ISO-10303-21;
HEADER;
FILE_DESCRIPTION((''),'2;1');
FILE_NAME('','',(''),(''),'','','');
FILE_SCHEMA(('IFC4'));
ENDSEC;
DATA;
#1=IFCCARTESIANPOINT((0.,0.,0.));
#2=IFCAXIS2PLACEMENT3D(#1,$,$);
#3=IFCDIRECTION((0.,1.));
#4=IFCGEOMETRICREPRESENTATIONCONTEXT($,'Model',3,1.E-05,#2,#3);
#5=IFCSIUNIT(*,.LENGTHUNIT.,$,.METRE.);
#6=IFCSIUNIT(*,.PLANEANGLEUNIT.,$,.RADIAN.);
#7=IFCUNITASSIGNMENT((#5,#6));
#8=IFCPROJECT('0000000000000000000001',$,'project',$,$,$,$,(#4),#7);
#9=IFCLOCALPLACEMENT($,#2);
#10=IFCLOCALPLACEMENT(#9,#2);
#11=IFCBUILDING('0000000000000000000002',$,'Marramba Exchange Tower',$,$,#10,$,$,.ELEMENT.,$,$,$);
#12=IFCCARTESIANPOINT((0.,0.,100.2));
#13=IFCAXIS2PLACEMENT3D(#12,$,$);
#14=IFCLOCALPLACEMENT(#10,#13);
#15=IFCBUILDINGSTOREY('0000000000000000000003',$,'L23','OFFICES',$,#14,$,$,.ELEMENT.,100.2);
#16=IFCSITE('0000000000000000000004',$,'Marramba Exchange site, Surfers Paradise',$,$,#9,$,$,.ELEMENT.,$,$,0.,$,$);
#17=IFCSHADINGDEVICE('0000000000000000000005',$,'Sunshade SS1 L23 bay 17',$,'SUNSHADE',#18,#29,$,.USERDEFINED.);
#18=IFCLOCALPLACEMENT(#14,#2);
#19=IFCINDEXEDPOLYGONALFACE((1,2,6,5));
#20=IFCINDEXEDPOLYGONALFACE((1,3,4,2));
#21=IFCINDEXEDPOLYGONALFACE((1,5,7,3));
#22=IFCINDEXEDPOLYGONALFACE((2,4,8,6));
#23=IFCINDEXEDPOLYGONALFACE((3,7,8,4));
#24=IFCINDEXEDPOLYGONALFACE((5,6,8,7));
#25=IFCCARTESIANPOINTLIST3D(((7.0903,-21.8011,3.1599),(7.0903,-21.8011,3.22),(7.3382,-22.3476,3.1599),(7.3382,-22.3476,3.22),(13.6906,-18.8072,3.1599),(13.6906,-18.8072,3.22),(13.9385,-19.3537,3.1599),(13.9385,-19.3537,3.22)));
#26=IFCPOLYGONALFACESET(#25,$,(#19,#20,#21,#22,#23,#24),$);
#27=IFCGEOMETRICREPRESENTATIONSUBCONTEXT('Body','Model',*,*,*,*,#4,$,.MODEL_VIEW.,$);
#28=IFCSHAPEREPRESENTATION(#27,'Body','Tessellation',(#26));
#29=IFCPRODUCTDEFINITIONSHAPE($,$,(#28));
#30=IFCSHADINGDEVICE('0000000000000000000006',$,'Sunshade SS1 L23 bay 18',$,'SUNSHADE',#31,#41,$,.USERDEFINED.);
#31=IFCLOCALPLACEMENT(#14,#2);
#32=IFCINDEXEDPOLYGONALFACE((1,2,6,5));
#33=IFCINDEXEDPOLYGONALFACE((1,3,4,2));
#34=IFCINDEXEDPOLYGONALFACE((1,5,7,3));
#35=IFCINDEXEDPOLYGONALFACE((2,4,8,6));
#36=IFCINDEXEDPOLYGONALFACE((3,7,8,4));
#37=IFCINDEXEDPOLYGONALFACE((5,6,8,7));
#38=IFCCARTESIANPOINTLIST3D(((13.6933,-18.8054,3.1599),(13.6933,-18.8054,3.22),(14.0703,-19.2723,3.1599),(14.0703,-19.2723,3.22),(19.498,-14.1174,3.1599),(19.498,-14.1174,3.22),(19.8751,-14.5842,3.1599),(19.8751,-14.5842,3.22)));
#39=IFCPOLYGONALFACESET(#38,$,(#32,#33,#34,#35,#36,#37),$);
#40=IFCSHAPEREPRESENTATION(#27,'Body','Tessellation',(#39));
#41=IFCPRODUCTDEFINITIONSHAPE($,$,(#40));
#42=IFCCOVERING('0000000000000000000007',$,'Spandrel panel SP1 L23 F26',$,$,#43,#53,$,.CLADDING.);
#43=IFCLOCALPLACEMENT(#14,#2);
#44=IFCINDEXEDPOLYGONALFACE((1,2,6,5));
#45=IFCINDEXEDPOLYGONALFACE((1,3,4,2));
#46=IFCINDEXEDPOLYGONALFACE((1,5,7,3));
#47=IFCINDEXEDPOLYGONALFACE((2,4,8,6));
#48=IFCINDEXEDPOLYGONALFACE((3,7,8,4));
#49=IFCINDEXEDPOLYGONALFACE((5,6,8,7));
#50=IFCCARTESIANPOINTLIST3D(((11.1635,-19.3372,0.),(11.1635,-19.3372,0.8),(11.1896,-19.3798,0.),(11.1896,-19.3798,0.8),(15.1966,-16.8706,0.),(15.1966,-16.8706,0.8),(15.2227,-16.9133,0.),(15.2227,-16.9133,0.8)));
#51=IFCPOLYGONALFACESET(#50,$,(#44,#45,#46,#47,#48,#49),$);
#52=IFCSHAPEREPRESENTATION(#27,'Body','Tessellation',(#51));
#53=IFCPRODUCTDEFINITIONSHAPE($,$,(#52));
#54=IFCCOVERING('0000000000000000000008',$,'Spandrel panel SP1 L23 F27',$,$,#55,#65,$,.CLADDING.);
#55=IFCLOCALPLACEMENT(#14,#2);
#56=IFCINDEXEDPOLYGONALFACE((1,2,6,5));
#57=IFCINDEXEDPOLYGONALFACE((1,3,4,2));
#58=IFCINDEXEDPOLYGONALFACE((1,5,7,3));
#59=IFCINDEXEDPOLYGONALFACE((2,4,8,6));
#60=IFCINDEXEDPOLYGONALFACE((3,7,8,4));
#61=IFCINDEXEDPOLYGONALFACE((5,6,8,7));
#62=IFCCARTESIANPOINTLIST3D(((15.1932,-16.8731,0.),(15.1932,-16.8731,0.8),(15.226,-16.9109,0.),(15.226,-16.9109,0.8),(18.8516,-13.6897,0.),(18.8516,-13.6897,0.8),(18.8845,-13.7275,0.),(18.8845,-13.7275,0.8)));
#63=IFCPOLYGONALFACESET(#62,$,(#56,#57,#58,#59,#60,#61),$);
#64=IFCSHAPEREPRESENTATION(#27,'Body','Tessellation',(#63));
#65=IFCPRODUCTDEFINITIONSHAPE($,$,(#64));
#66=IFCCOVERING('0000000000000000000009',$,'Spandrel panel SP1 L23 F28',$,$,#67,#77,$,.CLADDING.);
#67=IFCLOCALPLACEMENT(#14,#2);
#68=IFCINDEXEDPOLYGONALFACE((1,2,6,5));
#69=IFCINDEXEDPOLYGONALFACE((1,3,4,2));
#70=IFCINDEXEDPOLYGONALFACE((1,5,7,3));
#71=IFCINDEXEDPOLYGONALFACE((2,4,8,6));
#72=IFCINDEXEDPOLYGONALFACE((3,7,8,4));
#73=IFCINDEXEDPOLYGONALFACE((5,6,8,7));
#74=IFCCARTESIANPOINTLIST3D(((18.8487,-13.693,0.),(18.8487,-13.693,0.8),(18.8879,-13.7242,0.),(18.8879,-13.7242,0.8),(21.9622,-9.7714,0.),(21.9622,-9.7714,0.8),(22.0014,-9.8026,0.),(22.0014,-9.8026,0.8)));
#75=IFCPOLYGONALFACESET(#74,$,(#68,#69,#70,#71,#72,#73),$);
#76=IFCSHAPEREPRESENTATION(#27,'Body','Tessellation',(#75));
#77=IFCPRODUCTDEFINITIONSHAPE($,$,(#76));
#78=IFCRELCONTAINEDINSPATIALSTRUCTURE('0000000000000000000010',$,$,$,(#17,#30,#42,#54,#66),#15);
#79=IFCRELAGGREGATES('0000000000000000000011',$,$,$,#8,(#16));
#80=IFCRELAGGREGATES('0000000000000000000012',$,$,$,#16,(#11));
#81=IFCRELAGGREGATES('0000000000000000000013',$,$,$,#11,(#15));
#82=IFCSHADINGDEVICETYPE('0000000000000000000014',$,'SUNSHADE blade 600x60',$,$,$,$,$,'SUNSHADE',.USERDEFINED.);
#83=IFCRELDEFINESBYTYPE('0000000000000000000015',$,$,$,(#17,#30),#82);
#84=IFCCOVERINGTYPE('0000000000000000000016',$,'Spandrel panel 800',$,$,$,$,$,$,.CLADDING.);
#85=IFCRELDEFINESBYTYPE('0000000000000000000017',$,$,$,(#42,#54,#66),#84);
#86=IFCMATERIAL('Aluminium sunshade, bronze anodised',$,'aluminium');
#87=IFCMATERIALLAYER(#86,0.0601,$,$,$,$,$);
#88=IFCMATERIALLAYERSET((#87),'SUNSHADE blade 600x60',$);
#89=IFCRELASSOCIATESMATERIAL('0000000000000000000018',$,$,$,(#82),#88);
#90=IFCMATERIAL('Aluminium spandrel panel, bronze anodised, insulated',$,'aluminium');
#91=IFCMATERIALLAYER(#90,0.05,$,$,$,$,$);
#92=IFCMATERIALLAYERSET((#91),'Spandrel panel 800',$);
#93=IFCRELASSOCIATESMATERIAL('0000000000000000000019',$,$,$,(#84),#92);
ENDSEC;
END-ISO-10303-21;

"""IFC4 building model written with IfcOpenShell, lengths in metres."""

from ifc_helpers import new_model, si_unit, direction, frame, origin, origin_2d, place, context, subcontext, project, spatial, rectangle, extrude, material, layer, layer_set, type_object, element, save


model = new_model("IFC4")

# Units and contexts
model_context = context("Model", 3, precision=1e-05, world=origin(), true_north=direction((0.0, 1.0)))
body_context = subcontext(model_context, "Body", "Model", "MODEL_VIEW")
ifc_project = project(units=[si_unit("LENGTHUNIT", "METRE"), si_unit("PLANEANGLEUNIT", "RADIAN")], contexts=[model_context])

# Site, building, storey
site_placement = place(None, origin())
site = spatial("IfcSite", under=ifc_project, at=site_placement, Name="Marramba Exchange site, Surfers Paradise", CompositionType="ELEMENT", RefElevation=0.0)
building_placement = place(site_placement, origin())
building = spatial("IfcBuilding", under=site, at=building_placement, Name="Marramba Exchange Tower", CompositionType="ELEMENT")
storey_placement = place(building_placement, frame((0.0, 0.0, 100.2)))
storey = spatial("IfcBuildingStorey", under=building, at=storey_placement, Name="L23", Description="OFFICES", CompositionType="ELEMENT", Elevation=100.2)

# Shading devices
ifc_material_1 = material(Name="Aluminium sunshade, bronze anodised", Category="aluminium")
ifc_layer_1 = layer(ifc_material_1, 0.0601)
ifc_layer_set_1 = layer_set([ifc_layer_1], Name="SUNSHADE blade 600x60")
shading_device_type_1 = type_object("IfcShadingDeviceType", Name="SUNSHADE blade 600x60", ElementType="SUNSHADE", PredefinedType="USERDEFINED", material=ifc_layer_set_1)
shading_device_1_placement = place(storey_placement, frame((10.5144, -20.5774, 3.1599), z_axis=(0.0, 0.0, 1.0), x_axis=(0.910692, 0.413086, 0.0)))
element("IfcShadingDevice", 1, at=shading_device_1_placement, inside=storey, type_object=shading_device_type_1, Name="Sunshade SS1 L23 bay 17", ObjectType="SUNSHADE", PredefinedType="USERDEFINED", context=body_context, shape_type="SweptSolid", body=[
    extrude(rectangle(XDim=7.2476, YDim=0.6001, at=origin_2d()), origin(), (0.0, 0.0, 1.0), 0.0601),
])
shading_device_2_placement = place(storey_placement, frame((16.7842, -16.6948, 3.1599), z_axis=(0.0, 0.0, 1.0), x_axis=(0.777962, 0.628311, 0.0)))
element("IfcShadingDevice", 2, at=shading_device_2_placement, inside=storey, type_object=shading_device_type_1, Name="Sunshade SS1 L23 bay 18", ObjectType="SUNSHADE", PredefinedType="USERDEFINED", context=body_context, shape_type="SweptSolid", body=[
    extrude(rectangle(XDim=7.4614, YDim=0.6001, at=origin_2d()), origin(), (0.0, 0.0, 1.0), 0.0601),
])

# Coverings
ifc_material_2 = material(Name="Aluminium spandrel panel, bronze anodised, insulated", Category="aluminium")
ifc_layer_2 = layer(ifc_material_2, 0.05)
ifc_layer_set_2 = layer_set([ifc_layer_2], Name="Spandrel panel 800")
covering_type = type_object("IfcCoveringType", Name="Spandrel panel 800", PredefinedType="CLADDING", material=ifc_layer_set_2)
covering_1_placement = place(storey_placement, frame((13.1931, -18.1252, 0.0), z_axis=(0.0, 0.0, 1.0), x_axis=(0.853109, 0.521733, 0.0)))
element("IfcCovering", 3, at=covering_1_placement, inside=storey, type_object=covering_type, Name="Spandrel panel SP1 L23 F26", PredefinedType="CLADDING", context=body_context, shape_type="SweptSolid", body=[
    extrude(rectangle(XDim=4.7275, YDim=0.05, at=origin_2d()), origin(), (0.0, 0.0, 1.0), 0.8),
])
covering_2_placement = place(storey_placement, frame((17.0388, -15.3003, 0.0), z_axis=(0.0, 0.0, 1.0), x_axis=(0.754386, 0.656432, 0.0)))
element("IfcCovering", 4, at=covering_2_placement, inside=storey, type_object=covering_type, Name="Spandrel panel SP1 L23 F27", PredefinedType="CLADDING", context=body_context, shape_type="SweptSolid", body=[
    extrude(rectangle(XDim=4.8496, YDim=0.05, at=origin_2d()), origin(), (0.0, 0.0, 1.0), 0.8),
])
covering_3_placement = place(storey_placement, frame((20.425, -11.7478, 0.0), z_axis=(0.0, 0.0, 1.0), x_axis=(0.621807, 0.78317, 0.0)))
element("IfcCovering", 5, at=covering_3_placement, inside=storey, type_object=covering_type, Name="Spandrel panel SP1 L23 F28", PredefinedType="CLADDING", context=body_context, shape_type="SweptSolid", body=[
    extrude(rectangle(XDim=5.0073, YDim=0.05, at=origin_2d()), origin(), (0.0, 0.0, 1.0), 0.8),
])

save(model, "model.ifc")
